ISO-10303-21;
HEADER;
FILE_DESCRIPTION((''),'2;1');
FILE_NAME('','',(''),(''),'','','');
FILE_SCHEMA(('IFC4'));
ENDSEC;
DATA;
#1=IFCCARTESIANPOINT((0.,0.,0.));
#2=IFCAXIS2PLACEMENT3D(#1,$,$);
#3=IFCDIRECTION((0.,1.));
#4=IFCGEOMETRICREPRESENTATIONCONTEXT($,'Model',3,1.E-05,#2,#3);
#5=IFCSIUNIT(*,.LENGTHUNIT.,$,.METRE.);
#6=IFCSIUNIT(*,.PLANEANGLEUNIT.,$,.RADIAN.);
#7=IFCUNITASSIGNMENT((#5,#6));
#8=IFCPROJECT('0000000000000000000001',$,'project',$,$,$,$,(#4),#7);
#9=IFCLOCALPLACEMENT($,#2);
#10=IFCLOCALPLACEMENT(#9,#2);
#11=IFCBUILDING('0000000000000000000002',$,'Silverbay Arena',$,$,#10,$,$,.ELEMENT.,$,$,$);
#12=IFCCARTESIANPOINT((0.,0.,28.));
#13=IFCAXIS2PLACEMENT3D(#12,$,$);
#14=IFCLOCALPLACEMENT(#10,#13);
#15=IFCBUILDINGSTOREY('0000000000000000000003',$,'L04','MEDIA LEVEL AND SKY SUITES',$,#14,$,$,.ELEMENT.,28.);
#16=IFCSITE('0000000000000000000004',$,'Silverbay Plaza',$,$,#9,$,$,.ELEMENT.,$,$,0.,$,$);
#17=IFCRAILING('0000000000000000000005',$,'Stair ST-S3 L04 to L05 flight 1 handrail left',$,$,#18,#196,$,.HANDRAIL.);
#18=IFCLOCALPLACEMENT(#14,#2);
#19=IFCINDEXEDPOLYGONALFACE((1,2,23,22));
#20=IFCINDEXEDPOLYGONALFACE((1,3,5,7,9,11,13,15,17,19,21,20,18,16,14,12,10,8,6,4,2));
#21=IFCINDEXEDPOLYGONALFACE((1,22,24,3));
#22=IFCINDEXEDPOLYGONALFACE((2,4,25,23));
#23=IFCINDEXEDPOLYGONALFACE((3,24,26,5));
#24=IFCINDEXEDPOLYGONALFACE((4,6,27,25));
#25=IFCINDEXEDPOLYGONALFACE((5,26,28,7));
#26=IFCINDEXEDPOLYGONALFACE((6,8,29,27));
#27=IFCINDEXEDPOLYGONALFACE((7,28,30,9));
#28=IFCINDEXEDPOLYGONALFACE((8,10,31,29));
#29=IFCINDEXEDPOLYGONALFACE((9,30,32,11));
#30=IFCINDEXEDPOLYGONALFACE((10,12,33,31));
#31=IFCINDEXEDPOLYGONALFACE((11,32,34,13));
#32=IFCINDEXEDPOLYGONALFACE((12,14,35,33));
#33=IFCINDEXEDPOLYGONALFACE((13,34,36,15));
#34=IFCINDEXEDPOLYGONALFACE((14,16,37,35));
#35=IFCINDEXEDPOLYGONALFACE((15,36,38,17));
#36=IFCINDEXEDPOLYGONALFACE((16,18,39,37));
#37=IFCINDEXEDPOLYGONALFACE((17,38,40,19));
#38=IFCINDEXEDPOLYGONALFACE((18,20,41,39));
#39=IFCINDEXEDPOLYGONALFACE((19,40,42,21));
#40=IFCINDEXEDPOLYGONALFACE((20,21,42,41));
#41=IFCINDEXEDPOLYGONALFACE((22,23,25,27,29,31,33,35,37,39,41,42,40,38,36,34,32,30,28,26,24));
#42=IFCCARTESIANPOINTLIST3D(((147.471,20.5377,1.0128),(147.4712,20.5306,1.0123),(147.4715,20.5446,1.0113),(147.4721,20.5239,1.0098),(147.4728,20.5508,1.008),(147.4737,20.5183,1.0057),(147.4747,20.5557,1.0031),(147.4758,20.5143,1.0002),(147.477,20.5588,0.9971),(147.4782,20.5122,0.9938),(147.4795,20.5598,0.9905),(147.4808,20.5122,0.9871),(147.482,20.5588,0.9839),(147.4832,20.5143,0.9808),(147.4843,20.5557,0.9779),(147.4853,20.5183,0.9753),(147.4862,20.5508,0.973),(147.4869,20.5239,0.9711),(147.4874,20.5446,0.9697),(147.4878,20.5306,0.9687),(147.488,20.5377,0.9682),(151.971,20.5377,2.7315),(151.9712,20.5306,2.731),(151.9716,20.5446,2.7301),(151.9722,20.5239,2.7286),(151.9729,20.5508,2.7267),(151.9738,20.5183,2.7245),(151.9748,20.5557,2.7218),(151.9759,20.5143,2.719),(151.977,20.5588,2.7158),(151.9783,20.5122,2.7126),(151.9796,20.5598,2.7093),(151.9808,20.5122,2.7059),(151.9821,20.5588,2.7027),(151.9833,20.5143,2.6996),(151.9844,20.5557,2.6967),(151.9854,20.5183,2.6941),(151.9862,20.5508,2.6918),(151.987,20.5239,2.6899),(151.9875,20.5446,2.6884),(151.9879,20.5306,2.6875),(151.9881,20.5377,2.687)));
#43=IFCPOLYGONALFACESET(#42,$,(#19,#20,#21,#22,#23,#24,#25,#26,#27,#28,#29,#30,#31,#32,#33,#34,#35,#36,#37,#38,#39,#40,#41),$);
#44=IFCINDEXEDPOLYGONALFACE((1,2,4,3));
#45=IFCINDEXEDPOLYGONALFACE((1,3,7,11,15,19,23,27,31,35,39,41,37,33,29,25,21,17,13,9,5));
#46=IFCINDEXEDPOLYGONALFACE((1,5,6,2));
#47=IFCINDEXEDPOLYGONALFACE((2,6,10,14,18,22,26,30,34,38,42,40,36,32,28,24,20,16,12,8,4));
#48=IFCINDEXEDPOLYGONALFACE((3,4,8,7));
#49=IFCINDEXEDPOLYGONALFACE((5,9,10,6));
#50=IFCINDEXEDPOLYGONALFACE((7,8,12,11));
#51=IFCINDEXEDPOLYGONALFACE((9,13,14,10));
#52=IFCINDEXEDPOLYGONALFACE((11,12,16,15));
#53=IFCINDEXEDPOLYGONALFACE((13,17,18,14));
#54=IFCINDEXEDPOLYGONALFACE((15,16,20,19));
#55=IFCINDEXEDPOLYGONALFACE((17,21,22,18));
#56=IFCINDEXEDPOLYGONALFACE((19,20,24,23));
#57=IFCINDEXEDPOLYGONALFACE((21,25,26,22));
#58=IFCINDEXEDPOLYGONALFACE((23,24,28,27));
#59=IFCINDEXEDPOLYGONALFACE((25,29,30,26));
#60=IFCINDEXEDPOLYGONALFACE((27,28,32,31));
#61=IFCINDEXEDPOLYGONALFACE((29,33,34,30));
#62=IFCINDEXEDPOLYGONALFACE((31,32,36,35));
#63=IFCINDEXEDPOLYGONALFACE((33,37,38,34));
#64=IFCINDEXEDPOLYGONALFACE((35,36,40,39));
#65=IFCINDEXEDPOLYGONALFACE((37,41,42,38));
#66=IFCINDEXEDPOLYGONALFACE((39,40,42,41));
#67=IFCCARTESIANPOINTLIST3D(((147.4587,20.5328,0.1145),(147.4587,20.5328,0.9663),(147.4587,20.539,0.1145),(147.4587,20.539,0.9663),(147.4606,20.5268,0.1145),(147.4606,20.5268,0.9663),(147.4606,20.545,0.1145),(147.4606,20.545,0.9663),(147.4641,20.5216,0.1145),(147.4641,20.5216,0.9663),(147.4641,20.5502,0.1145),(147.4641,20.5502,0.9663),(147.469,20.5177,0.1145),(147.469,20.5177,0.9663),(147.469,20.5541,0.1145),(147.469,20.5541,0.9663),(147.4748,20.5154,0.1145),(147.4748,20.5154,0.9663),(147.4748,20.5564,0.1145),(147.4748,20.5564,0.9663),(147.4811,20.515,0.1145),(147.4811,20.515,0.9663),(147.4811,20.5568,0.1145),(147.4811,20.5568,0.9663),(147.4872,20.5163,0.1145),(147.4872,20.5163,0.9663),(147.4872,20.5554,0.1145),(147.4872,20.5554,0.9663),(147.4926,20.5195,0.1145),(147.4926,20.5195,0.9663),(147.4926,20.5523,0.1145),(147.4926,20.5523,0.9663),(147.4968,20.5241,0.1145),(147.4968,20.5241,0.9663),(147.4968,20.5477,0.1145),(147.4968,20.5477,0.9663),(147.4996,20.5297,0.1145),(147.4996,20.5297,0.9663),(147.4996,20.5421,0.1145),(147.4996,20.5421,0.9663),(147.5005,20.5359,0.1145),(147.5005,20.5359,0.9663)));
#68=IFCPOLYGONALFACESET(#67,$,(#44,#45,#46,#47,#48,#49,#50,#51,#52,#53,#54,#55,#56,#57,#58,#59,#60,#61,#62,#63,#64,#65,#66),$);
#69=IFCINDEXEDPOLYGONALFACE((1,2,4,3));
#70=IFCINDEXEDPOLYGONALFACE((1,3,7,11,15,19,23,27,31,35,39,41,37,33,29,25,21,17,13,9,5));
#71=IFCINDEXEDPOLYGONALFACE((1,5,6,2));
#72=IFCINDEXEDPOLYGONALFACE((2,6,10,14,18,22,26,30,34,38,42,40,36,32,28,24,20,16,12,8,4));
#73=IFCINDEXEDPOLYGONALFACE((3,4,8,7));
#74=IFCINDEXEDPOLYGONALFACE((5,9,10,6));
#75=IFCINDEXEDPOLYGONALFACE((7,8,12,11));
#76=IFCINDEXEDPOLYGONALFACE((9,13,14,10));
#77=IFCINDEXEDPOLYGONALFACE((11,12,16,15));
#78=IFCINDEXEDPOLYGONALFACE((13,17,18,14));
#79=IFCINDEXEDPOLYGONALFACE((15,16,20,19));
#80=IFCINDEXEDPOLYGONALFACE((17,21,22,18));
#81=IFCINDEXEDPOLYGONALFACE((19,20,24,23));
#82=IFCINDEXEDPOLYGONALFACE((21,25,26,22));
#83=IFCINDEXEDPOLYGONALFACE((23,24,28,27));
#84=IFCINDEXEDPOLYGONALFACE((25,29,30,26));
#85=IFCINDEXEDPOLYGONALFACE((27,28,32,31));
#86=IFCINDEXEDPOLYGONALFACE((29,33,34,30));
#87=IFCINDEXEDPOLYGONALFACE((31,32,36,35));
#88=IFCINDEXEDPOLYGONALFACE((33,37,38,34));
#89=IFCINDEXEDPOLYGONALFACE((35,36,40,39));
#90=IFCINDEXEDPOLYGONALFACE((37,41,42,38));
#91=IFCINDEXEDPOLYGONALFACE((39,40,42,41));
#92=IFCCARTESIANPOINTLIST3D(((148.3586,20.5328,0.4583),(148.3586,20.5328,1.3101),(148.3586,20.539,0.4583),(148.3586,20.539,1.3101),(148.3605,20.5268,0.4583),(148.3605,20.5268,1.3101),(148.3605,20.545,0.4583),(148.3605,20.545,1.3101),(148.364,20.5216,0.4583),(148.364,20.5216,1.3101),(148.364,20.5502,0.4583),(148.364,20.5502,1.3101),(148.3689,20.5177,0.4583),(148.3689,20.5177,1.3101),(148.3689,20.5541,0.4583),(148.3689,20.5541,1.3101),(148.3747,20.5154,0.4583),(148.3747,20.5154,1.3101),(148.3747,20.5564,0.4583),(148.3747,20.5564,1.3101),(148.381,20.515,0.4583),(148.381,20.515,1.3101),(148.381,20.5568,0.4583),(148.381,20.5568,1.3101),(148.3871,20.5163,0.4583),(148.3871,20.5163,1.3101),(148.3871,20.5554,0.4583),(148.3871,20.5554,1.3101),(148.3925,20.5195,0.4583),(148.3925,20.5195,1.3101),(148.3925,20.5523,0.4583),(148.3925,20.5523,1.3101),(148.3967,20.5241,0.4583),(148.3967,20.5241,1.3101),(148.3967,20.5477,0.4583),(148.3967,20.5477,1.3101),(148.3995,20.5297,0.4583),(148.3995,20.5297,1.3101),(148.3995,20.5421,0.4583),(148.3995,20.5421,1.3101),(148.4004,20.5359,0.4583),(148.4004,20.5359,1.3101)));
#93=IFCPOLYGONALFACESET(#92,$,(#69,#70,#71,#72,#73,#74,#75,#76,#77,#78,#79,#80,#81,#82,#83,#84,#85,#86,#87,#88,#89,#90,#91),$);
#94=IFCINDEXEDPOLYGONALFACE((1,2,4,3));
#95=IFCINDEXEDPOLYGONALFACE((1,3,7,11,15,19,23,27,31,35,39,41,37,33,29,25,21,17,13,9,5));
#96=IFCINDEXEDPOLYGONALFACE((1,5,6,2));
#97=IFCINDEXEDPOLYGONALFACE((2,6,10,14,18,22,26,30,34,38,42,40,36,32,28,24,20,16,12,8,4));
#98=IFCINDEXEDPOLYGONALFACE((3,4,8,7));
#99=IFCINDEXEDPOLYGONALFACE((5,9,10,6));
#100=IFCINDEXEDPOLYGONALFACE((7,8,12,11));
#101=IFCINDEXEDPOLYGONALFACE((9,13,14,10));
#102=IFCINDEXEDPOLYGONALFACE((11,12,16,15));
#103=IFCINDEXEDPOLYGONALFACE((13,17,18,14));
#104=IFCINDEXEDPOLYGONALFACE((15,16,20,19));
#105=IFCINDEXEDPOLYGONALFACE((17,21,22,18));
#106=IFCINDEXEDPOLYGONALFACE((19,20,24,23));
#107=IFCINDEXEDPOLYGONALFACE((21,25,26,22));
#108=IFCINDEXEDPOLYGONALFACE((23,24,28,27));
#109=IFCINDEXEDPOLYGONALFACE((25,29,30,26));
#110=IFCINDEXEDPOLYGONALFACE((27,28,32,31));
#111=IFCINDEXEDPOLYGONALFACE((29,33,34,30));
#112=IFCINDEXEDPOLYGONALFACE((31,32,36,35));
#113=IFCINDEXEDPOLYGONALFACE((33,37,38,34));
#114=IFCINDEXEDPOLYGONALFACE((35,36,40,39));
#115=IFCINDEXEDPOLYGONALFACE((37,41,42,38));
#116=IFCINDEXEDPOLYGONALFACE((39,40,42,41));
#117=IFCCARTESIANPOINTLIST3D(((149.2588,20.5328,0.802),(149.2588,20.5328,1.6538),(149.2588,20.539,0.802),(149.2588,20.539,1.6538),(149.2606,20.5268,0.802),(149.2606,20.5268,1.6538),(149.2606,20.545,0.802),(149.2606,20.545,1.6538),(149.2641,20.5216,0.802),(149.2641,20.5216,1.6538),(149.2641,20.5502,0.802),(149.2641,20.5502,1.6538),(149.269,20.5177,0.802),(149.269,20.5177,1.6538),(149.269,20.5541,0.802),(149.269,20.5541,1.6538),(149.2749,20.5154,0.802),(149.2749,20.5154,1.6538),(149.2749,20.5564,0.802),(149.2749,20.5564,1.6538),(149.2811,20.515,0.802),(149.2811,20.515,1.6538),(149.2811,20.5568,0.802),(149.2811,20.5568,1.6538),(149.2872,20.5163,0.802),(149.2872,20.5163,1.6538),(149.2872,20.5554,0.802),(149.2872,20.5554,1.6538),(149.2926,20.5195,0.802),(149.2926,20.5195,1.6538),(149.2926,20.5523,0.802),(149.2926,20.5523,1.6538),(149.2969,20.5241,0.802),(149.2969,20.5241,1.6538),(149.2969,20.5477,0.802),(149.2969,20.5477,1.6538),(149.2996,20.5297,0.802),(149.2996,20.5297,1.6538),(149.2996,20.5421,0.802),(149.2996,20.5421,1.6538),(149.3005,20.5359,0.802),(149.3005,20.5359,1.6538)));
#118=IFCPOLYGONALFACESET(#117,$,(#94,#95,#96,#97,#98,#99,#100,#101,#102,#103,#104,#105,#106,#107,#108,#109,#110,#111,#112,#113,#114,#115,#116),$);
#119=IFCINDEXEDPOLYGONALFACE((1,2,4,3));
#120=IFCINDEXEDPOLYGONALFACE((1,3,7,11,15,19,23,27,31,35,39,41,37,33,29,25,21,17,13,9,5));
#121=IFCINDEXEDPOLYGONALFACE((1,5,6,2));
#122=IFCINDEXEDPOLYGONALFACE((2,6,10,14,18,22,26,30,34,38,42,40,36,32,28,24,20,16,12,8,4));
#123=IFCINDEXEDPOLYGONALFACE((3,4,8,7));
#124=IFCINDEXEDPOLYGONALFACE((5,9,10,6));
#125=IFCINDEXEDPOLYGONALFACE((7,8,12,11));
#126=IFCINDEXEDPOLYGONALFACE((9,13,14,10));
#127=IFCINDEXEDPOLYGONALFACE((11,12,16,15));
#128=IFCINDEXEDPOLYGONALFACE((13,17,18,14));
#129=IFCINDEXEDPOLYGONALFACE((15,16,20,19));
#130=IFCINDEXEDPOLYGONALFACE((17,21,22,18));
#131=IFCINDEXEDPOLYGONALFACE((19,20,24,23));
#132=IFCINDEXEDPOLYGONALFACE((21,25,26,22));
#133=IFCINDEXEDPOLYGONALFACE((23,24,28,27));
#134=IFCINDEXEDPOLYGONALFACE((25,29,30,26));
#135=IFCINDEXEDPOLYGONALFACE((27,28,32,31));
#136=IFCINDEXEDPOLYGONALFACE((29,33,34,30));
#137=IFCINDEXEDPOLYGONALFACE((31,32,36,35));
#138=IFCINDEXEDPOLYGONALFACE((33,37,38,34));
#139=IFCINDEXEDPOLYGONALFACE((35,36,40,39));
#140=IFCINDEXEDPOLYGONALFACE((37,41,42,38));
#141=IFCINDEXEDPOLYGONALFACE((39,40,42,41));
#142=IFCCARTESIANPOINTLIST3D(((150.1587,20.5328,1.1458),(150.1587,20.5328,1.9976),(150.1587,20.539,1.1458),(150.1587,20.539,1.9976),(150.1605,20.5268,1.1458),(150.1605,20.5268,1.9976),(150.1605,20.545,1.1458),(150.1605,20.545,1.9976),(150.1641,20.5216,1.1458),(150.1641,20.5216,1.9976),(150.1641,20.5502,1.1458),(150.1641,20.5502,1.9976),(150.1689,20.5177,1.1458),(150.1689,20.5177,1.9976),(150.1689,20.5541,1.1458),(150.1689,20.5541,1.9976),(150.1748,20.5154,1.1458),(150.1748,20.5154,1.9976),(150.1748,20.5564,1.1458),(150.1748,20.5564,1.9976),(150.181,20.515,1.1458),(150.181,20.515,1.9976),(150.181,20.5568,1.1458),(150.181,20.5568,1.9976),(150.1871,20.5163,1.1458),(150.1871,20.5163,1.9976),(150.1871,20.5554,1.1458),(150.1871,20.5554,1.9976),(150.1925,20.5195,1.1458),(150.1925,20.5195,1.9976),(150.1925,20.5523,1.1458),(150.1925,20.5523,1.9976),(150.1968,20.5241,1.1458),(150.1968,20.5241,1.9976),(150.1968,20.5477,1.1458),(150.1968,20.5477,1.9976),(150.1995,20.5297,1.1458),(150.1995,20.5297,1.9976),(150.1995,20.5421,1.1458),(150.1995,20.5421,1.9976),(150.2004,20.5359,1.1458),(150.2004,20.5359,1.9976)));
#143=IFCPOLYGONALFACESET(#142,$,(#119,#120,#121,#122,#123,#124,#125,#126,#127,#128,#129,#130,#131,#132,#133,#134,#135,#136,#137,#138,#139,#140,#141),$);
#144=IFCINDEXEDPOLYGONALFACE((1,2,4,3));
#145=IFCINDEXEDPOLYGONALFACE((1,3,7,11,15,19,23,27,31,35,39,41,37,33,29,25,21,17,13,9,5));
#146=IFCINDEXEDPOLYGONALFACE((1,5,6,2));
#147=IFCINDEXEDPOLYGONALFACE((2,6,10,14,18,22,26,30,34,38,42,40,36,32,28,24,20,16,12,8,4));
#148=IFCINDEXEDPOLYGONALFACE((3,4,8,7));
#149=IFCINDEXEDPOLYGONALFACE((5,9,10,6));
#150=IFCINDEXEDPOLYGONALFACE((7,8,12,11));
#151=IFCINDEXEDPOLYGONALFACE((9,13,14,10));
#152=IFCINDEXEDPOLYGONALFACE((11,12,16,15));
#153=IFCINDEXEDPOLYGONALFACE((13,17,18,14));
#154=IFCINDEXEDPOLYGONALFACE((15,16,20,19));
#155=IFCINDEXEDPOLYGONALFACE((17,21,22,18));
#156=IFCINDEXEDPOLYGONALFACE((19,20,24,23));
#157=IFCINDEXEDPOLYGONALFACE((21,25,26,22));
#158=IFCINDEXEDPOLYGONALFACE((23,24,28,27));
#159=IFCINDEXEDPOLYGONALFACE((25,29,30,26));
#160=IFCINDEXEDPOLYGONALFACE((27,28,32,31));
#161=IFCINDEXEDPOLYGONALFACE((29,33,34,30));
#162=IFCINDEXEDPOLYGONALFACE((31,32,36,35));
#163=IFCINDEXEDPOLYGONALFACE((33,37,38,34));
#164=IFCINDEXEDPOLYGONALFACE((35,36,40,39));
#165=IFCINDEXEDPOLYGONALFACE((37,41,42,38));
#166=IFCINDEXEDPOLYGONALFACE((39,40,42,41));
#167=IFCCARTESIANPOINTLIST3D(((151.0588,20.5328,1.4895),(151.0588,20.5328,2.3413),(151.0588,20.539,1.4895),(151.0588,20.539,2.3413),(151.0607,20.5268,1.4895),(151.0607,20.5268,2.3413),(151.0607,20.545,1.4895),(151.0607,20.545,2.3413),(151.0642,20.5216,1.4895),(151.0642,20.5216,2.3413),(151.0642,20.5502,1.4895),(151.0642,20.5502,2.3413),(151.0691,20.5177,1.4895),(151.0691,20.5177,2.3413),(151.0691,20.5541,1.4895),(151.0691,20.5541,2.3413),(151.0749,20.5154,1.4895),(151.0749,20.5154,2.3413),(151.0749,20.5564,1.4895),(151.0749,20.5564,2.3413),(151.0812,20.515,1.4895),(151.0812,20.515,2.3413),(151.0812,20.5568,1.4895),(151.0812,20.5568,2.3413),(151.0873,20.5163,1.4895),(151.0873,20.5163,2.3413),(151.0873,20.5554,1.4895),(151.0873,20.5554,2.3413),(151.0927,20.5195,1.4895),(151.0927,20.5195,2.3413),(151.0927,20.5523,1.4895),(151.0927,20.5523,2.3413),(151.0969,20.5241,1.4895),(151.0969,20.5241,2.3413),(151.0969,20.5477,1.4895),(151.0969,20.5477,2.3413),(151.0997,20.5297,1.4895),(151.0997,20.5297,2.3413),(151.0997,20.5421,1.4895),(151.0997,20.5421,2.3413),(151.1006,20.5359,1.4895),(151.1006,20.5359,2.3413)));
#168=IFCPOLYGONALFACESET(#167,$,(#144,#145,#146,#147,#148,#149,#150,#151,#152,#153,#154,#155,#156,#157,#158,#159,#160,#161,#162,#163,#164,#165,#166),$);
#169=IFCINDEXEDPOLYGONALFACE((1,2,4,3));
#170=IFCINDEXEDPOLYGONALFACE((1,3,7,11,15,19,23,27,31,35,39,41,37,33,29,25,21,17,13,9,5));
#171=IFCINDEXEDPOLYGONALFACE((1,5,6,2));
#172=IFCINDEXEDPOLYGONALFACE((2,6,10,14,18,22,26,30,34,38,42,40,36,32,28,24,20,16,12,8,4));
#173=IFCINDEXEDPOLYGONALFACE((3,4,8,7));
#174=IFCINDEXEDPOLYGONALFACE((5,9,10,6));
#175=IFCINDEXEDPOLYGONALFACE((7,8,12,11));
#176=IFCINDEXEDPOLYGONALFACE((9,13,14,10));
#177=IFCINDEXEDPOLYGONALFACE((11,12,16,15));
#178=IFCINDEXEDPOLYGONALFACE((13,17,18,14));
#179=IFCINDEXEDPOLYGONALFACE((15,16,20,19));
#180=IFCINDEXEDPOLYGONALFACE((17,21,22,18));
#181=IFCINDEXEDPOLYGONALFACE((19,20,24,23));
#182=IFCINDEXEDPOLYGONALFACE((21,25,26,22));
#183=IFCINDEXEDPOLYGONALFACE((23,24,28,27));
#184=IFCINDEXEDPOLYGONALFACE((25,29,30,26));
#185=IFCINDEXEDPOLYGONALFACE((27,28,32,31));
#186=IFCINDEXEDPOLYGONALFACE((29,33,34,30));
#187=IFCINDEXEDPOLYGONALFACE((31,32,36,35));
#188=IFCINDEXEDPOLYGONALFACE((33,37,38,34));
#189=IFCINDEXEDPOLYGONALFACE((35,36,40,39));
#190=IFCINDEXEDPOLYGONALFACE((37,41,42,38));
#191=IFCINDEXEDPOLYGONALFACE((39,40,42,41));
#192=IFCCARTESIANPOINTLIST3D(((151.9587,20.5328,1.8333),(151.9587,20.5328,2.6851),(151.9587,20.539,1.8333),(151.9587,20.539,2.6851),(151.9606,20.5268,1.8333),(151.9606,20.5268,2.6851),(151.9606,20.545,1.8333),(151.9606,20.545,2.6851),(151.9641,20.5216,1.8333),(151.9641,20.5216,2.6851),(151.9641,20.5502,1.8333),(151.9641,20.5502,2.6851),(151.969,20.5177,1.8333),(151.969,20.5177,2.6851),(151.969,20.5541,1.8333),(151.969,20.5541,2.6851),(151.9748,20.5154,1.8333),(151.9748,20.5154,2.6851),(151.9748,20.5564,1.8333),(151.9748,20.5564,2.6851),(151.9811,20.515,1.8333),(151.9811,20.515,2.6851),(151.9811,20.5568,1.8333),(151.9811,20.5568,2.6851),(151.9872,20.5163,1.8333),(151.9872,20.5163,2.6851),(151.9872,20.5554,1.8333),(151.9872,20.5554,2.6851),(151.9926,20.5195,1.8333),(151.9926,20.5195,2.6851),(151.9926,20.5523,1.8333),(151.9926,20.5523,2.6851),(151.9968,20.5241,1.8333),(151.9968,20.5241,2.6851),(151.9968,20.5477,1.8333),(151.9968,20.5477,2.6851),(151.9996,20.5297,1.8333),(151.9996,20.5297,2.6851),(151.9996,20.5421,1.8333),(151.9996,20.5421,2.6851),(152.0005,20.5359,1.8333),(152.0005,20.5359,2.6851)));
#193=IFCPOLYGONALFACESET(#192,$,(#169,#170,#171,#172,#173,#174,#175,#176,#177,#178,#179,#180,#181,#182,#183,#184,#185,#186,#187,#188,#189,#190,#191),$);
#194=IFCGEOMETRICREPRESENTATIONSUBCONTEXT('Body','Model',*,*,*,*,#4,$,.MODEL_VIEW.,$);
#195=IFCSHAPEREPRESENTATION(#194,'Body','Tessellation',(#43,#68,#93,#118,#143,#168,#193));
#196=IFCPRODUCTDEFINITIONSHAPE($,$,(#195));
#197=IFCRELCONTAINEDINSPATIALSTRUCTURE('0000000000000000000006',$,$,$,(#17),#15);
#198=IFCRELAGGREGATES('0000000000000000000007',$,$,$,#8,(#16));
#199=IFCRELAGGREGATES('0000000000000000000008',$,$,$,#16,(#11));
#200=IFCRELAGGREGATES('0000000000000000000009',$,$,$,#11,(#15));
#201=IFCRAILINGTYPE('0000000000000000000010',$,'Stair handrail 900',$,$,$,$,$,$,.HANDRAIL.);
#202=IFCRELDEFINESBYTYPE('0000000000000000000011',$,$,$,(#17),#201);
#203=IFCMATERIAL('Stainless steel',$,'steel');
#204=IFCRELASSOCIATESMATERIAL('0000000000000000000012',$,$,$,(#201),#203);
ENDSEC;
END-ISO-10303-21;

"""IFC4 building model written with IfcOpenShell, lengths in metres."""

from ifc_helpers import new_model, si_unit, direction, frame, origin, origin_2d, place, context, subcontext, project, spatial, circle, extrude, material, type_object, element, save


model = new_model("IFC4")

# Units and contexts
model_context = context("Model", 3, precision=1e-05, world=origin(), true_north=direction((0.0, 1.0)))
body_context = subcontext(model_context, "Body", "Model", "MODEL_VIEW")
ifc_project = project(units=[si_unit("LENGTHUNIT", "METRE"), si_unit("PLANEANGLEUNIT", "RADIAN")], contexts=[model_context])

# Site, building, storey
site_placement = place(None, origin())
site = spatial("IfcSite", under=ifc_project, at=site_placement, Name="Silverbay Plaza", CompositionType="ELEMENT", RefElevation=0.0)
building_placement = place(site_placement, origin())
building = spatial("IfcBuilding", under=site, at=building_placement, Name="Silverbay Arena", CompositionType="ELEMENT")
storey_placement = place(building_placement, frame((0.0, 0.0, 28.0)))
storey = spatial("IfcBuildingStorey", under=building, at=storey_placement, Name="L04", Description="MEDIA LEVEL AND SKY SUITES", CompositionType="ELEMENT", Elevation=28.0)

# Railing
ifc_material_1 = material(Name="Stainless steel", Category="steel")
railing_type_1 = type_object("IfcRailingType", Name="Stair handrail 900", PredefinedType="HANDRAIL", material=ifc_material_1)
for number, where, name in (
    (1, (147.4795, 20.5359, 0.1145), "Stair ST-S3 L04 to L05 flight 1 handrail left"),
):
    element("IfcRailing", number, at=place(storey_placement, frame(where)), inside=storey, type_object=railing_type_1, Name=name, PredefinedType="HANDRAIL", context=body_context, shape_type="SweptSolid", body=[
        extrude(circle(Radius=0.0239, at=origin_2d()), frame((0.0, 0.0, 0.876), z_axis=(0.934179, 0.0, 0.356805), x_axis=(0.0, 1.0, 0.0)), (0.0, 0.0, 1.0), 4.8171),
        extrude(circle(Radius=0.021, at=origin_2d()), origin(), (0.0, 0.0, 1.0), 0.8518),
        extrude(circle(Radius=0.021, at=origin_2d()), frame((0.8999, 0.0, 0.3438)), (0.0, 0.0, 1.0), 0.8518),
        extrude(circle(Radius=0.021, at=origin_2d()), frame((1.8, 0.0, 0.6875)), (0.0, 0.0, 1.0), 0.8518),
        extrude(circle(Radius=0.021, at=origin_2d()), frame((2.7, 0.0, 1.0312)), (0.0, 0.0, 1.0), 0.8518),
        extrude(circle(Radius=0.021, at=origin_2d()), frame((3.6001, 0.0, 1.375)), (0.0, 0.0, 1.0), 0.8518),
        extrude(circle(Radius=0.021, at=origin_2d()), frame((4.5, 0.0, 1.7188)), (0.0, 0.0, 1.0), 0.8518),
    ])

save(model, "model.ifc")
